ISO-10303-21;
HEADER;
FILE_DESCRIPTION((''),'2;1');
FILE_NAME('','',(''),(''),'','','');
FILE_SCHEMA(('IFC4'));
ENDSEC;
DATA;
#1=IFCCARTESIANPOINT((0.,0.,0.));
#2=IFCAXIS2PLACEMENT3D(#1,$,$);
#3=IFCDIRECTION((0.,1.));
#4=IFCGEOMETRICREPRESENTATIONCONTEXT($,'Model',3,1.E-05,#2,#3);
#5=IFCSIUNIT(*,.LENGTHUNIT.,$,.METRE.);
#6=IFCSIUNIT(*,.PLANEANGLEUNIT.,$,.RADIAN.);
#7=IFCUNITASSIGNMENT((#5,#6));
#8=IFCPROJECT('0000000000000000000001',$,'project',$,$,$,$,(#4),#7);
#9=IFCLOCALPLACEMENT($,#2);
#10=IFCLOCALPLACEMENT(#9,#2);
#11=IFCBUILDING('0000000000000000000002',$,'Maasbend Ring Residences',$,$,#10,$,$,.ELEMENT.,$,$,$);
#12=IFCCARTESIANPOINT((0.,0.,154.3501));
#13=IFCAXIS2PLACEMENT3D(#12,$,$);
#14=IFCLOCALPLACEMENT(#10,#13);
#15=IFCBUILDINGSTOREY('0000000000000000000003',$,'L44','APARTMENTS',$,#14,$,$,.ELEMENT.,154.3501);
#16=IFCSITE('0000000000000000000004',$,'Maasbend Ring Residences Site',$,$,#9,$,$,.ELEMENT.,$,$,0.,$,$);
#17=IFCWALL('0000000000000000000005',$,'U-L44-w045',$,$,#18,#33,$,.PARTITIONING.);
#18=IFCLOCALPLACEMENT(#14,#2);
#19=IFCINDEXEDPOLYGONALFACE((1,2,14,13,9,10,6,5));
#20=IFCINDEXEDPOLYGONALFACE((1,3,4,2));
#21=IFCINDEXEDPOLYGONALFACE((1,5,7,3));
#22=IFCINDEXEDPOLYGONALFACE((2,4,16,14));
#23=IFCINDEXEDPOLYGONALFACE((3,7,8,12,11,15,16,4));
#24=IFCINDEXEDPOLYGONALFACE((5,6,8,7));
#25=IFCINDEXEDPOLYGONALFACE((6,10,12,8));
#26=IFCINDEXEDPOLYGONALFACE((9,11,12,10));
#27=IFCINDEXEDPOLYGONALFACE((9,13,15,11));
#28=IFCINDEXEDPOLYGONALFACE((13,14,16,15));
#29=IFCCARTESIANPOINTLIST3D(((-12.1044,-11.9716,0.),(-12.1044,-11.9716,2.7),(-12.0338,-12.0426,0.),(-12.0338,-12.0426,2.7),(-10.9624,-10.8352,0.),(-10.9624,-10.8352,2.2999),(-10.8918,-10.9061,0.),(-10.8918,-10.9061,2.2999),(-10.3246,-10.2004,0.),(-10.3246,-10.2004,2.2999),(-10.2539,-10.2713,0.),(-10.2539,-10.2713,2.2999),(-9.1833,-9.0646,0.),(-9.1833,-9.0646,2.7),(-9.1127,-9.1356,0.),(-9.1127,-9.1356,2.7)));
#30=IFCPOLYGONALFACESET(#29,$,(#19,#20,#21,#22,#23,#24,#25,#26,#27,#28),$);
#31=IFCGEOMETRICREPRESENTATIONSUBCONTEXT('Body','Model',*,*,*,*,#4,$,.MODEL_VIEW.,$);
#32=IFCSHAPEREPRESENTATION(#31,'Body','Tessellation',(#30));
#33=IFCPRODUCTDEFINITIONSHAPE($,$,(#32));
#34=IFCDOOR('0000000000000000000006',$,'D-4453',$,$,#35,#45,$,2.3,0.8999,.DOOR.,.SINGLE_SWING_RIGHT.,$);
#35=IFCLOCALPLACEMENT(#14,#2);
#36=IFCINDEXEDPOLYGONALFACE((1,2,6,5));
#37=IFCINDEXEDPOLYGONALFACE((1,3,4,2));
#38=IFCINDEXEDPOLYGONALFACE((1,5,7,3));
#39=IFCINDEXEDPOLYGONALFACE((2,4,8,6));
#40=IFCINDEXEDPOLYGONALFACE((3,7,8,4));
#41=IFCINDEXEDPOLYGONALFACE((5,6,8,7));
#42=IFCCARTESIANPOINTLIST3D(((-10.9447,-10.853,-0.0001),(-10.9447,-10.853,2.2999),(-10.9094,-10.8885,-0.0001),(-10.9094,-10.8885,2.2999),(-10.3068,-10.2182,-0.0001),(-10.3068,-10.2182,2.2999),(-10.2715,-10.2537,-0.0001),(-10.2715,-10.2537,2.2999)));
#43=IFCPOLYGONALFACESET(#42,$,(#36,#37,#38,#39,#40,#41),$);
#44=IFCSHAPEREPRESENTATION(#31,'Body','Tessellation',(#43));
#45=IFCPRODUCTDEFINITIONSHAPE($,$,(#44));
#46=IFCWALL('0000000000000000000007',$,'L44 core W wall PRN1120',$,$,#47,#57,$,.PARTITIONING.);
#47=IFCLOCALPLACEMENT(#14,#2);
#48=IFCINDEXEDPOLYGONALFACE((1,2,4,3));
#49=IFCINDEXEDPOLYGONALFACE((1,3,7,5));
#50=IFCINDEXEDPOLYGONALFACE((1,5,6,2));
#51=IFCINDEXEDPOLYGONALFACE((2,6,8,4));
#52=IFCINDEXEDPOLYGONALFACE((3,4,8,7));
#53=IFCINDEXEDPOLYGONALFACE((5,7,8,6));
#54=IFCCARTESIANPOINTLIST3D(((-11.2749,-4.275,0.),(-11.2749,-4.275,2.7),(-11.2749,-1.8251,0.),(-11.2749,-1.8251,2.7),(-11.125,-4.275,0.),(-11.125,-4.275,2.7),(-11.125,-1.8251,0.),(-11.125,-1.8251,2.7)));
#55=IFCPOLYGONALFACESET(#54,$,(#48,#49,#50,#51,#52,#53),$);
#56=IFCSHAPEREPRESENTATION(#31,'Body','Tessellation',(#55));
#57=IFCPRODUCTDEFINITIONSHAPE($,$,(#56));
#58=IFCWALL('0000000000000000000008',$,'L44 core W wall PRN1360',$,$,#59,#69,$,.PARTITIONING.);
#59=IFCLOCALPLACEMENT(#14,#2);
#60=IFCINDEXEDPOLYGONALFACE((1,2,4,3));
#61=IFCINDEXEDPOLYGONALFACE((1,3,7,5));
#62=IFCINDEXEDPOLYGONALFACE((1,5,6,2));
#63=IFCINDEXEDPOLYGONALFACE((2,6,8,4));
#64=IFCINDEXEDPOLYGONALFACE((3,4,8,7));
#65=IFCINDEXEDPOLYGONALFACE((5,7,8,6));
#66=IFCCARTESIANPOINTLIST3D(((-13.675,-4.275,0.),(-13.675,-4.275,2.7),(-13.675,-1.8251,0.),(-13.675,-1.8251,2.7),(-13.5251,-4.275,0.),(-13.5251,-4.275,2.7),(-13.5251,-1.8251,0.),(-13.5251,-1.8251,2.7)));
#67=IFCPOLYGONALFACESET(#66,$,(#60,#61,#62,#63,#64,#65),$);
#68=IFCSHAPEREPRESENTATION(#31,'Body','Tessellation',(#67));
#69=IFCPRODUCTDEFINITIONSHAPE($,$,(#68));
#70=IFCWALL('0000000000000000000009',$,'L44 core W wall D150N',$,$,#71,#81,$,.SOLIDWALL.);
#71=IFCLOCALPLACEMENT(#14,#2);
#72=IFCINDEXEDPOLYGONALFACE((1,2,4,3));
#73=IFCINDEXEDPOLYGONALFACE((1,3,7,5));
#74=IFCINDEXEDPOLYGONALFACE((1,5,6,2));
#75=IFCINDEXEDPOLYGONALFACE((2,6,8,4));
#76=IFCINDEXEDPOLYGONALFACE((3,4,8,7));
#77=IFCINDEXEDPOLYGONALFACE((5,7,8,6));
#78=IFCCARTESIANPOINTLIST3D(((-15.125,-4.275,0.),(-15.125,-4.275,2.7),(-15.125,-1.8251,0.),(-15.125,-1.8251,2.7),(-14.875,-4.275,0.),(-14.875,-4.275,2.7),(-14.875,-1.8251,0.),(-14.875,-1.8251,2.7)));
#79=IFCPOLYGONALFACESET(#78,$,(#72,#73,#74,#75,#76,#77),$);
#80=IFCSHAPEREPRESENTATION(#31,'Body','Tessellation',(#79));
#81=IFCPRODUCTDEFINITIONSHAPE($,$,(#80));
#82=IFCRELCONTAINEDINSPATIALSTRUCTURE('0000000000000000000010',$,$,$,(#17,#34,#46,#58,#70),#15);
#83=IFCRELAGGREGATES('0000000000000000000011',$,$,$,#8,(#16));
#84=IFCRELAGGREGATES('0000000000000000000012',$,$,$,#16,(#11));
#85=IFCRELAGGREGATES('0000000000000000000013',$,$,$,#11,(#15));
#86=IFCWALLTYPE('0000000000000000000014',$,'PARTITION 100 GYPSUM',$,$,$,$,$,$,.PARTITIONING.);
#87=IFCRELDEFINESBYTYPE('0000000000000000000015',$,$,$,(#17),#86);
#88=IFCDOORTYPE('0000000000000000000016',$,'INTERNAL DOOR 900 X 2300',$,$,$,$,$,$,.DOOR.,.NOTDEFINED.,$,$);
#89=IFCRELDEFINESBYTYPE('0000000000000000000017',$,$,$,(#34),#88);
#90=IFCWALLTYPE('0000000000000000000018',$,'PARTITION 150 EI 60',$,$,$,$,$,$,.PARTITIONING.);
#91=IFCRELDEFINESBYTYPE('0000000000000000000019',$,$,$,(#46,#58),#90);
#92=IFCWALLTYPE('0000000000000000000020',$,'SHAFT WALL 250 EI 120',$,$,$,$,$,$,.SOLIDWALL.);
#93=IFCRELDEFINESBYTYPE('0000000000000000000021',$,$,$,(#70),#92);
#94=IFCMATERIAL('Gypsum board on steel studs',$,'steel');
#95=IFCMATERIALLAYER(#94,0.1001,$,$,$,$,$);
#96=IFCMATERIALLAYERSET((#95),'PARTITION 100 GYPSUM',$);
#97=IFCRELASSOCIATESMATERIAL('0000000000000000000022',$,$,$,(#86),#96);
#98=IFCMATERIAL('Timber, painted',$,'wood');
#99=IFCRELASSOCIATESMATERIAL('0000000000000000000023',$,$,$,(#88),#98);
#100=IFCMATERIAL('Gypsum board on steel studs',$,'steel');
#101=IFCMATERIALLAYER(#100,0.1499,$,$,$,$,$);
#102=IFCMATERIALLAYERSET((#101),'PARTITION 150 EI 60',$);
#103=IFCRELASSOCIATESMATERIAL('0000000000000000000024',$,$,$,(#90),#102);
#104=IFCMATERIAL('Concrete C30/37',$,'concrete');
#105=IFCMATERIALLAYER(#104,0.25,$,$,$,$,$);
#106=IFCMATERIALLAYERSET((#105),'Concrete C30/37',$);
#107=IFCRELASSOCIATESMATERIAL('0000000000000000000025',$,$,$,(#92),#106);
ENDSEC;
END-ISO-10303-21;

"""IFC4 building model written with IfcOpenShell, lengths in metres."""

from ifc_helpers import new_model, si_unit, direction, frame, frame_2d, origin, place, context, subcontext, project, spatial, rectangle, extrude, material, layer, layer_set, type_object, element, fill, save


model = new_model("IFC4")

# Units and contexts
model_context = context("Model", 3, precision=1e-05, world=origin(), true_north=direction((0.0, 1.0)))
body_context = subcontext(model_context, "Body", "Model", "MODEL_VIEW")
ifc_project = project(units=[si_unit("LENGTHUNIT", "METRE"), si_unit("PLANEANGLEUNIT", "RADIAN")], contexts=[model_context])

# Site, building, storey
site_placement = place(None, origin())
site = spatial("IfcSite", under=ifc_project, at=site_placement, Name="Maasbend Ring Residences Site", CompositionType="ELEMENT", RefElevation=0.0)
building_placement = place(site_placement, origin())
building = spatial("IfcBuilding", under=site, at=building_placement, Name="Maasbend Ring Residences", CompositionType="ELEMENT")
storey_placement = place(building_placement, frame((0.0, 0.0, 154.3501)))
storey = spatial("IfcBuildingStorey", under=building, at=storey_placement, Name="L44", Description="APARTMENTS", CompositionType="ELEMENT", Elevation=154.3501)

# Shared definitions
ifc_material_1 = material(Name="Gypsum board on steel studs", Category="steel")
ifc_layer_1 = layer(ifc_material_1, 0.1001)
ifc_layer_set_1 = layer_set([ifc_layer_1], Name="PARTITION 100 GYPSUM")
wall_type_1 = type_object("IfcWallType", Name="PARTITION 100 GYPSUM", PredefinedType="PARTITIONING", material=ifc_layer_set_1)

# Wall, opening, door
wall_1_placement = place(storey_placement, frame((-12.0691, -12.0071, 0.0), z_axis=(0.0, 0.0, 1.0), x_axis=(0.708823, 0.705387, 0.0)))
wall_1 = element("IfcWall", 1, at=wall_1_placement, inside=storey, type_object=wall_type_1, Name="U-L44-w045", PredefinedType="PARTITIONING", context=body_context, shape_type="SweptSolid", body=[
    extrude(rectangle(XDim=4.1211, YDim=0.1001, at=frame_2d((2.0605, 0.0))), origin(), (0.0, 0.0, 1.0), 2.7),
])
opening_1_placement = place(wall_1_placement, frame((1.6111, 0.0, 0.0)))
opening_1 = element("IfcOpeningElement", 2, at=opening_1_placement, cuts=wall_1, PredefinedType="OPENING", context=body_context, shape_type="SweptSolid", body=[
    extrude(rectangle(XDim=0.8999, YDim=2.3, at=frame_2d((0.45, 1.1499))), frame((0.0, 0.0601, 0.0), z_axis=(0.0, -1.0, 0.0), x_axis=(1.0, 0.0, 0.0)), (0.0, 0.0, 1.0), 0.1201),
])
ifc_material_2 = material(Name="Timber, painted", Category="wood")
door_type_1 = type_object("IfcDoorType", Name="INTERNAL DOOR 900 X 2300", OperationType="NOTDEFINED", PredefinedType="DOOR", material=ifc_material_2)
door_1_placement = place(opening_1_placement, origin())
door_1 = element("IfcDoor", 3, at=door_1_placement, inside=storey, type_object=door_type_1, Name="D-4453", OperationType="SINGLE_SWING_RIGHT", OverallHeight=2.3, OverallWidth=0.8999, PredefinedType="DOOR", context=body_context, shape_type="SweptSolid", body=[
    extrude(rectangle(XDim=0.8999, YDim=2.3, at=frame_2d((0.45, 1.1499))), frame((0.0, 0.0249, 0.0), z_axis=(0.0, -1.0, 0.0), x_axis=(1.0, 0.0, 0.0)), (0.0, 0.0, 1.0), 0.05),
])
fill(opening_1, door_1)

# Walls
ifc_material_3 = material(Name="Gypsum board on steel studs", Category="steel")
ifc_layer_2 = layer(ifc_material_3, 0.1499)
ifc_layer_set_2 = layer_set([ifc_layer_2], Name="PARTITION 150 EI 60")
wall_type_2 = type_object("IfcWallType", Name="PARTITION 150 EI 60", PredefinedType="PARTITIONING", material=ifc_layer_set_2)
for number, where, z_axis, x_axis, name in (
    (4, (-11.2, -1.825, 0.0), (0.0, 0.0, 1.0), (0.0, -1.0, 0.0), "L44 core W wall PRN1120"),
    (5, (-13.6001, -1.825, 0.0), (0.0, 0.0, 1.0), (0.0, -1.0, 0.0), "L44 core W wall PRN1360"),
):
    element("IfcWall", number, at=place(storey_placement, frame(where, z_axis=z_axis, x_axis=x_axis)), inside=storey, type_object=wall_type_2, Name=name, PredefinedType="PARTITIONING", context=body_context, shape_type="SweptSolid", body=[
        extrude(rectangle(XDim=2.45, YDim=0.1499, at=frame_2d((1.2251, 0.0))), origin(), (0.0, 0.0, 1.0), 2.7),
    ])
ifc_material_4 = material(Name="Concrete C30/37", Category="concrete")
ifc_layer_3 = layer(ifc_material_4, 0.25)
ifc_layer_set_3 = layer_set([ifc_layer_3], Name="Concrete C30/37")
wall_type_3 = type_object("IfcWallType", Name="SHAFT WALL 250 EI 120", PredefinedType="SOLIDWALL", material=ifc_layer_set_3)
wall_2_placement = place(storey_placement, frame((-15.0, -1.825, 0.0), z_axis=(0.0, 0.0, 1.0), x_axis=(0.0, -1.0, 0.0)))
element("IfcWall", 6, at=wall_2_placement, inside=storey, type_object=wall_type_3, Name="L44 core W wall D150N", PredefinedType="SOLIDWALL", context=body_context, shape_type="SweptSolid", body=[
    extrude(rectangle(XDim=2.45, YDim=0.25, at=frame_2d((1.2251, 0.0))), origin(), (0.0, 0.0, 1.0), 2.7),
])

save(model, "model.ifc")
